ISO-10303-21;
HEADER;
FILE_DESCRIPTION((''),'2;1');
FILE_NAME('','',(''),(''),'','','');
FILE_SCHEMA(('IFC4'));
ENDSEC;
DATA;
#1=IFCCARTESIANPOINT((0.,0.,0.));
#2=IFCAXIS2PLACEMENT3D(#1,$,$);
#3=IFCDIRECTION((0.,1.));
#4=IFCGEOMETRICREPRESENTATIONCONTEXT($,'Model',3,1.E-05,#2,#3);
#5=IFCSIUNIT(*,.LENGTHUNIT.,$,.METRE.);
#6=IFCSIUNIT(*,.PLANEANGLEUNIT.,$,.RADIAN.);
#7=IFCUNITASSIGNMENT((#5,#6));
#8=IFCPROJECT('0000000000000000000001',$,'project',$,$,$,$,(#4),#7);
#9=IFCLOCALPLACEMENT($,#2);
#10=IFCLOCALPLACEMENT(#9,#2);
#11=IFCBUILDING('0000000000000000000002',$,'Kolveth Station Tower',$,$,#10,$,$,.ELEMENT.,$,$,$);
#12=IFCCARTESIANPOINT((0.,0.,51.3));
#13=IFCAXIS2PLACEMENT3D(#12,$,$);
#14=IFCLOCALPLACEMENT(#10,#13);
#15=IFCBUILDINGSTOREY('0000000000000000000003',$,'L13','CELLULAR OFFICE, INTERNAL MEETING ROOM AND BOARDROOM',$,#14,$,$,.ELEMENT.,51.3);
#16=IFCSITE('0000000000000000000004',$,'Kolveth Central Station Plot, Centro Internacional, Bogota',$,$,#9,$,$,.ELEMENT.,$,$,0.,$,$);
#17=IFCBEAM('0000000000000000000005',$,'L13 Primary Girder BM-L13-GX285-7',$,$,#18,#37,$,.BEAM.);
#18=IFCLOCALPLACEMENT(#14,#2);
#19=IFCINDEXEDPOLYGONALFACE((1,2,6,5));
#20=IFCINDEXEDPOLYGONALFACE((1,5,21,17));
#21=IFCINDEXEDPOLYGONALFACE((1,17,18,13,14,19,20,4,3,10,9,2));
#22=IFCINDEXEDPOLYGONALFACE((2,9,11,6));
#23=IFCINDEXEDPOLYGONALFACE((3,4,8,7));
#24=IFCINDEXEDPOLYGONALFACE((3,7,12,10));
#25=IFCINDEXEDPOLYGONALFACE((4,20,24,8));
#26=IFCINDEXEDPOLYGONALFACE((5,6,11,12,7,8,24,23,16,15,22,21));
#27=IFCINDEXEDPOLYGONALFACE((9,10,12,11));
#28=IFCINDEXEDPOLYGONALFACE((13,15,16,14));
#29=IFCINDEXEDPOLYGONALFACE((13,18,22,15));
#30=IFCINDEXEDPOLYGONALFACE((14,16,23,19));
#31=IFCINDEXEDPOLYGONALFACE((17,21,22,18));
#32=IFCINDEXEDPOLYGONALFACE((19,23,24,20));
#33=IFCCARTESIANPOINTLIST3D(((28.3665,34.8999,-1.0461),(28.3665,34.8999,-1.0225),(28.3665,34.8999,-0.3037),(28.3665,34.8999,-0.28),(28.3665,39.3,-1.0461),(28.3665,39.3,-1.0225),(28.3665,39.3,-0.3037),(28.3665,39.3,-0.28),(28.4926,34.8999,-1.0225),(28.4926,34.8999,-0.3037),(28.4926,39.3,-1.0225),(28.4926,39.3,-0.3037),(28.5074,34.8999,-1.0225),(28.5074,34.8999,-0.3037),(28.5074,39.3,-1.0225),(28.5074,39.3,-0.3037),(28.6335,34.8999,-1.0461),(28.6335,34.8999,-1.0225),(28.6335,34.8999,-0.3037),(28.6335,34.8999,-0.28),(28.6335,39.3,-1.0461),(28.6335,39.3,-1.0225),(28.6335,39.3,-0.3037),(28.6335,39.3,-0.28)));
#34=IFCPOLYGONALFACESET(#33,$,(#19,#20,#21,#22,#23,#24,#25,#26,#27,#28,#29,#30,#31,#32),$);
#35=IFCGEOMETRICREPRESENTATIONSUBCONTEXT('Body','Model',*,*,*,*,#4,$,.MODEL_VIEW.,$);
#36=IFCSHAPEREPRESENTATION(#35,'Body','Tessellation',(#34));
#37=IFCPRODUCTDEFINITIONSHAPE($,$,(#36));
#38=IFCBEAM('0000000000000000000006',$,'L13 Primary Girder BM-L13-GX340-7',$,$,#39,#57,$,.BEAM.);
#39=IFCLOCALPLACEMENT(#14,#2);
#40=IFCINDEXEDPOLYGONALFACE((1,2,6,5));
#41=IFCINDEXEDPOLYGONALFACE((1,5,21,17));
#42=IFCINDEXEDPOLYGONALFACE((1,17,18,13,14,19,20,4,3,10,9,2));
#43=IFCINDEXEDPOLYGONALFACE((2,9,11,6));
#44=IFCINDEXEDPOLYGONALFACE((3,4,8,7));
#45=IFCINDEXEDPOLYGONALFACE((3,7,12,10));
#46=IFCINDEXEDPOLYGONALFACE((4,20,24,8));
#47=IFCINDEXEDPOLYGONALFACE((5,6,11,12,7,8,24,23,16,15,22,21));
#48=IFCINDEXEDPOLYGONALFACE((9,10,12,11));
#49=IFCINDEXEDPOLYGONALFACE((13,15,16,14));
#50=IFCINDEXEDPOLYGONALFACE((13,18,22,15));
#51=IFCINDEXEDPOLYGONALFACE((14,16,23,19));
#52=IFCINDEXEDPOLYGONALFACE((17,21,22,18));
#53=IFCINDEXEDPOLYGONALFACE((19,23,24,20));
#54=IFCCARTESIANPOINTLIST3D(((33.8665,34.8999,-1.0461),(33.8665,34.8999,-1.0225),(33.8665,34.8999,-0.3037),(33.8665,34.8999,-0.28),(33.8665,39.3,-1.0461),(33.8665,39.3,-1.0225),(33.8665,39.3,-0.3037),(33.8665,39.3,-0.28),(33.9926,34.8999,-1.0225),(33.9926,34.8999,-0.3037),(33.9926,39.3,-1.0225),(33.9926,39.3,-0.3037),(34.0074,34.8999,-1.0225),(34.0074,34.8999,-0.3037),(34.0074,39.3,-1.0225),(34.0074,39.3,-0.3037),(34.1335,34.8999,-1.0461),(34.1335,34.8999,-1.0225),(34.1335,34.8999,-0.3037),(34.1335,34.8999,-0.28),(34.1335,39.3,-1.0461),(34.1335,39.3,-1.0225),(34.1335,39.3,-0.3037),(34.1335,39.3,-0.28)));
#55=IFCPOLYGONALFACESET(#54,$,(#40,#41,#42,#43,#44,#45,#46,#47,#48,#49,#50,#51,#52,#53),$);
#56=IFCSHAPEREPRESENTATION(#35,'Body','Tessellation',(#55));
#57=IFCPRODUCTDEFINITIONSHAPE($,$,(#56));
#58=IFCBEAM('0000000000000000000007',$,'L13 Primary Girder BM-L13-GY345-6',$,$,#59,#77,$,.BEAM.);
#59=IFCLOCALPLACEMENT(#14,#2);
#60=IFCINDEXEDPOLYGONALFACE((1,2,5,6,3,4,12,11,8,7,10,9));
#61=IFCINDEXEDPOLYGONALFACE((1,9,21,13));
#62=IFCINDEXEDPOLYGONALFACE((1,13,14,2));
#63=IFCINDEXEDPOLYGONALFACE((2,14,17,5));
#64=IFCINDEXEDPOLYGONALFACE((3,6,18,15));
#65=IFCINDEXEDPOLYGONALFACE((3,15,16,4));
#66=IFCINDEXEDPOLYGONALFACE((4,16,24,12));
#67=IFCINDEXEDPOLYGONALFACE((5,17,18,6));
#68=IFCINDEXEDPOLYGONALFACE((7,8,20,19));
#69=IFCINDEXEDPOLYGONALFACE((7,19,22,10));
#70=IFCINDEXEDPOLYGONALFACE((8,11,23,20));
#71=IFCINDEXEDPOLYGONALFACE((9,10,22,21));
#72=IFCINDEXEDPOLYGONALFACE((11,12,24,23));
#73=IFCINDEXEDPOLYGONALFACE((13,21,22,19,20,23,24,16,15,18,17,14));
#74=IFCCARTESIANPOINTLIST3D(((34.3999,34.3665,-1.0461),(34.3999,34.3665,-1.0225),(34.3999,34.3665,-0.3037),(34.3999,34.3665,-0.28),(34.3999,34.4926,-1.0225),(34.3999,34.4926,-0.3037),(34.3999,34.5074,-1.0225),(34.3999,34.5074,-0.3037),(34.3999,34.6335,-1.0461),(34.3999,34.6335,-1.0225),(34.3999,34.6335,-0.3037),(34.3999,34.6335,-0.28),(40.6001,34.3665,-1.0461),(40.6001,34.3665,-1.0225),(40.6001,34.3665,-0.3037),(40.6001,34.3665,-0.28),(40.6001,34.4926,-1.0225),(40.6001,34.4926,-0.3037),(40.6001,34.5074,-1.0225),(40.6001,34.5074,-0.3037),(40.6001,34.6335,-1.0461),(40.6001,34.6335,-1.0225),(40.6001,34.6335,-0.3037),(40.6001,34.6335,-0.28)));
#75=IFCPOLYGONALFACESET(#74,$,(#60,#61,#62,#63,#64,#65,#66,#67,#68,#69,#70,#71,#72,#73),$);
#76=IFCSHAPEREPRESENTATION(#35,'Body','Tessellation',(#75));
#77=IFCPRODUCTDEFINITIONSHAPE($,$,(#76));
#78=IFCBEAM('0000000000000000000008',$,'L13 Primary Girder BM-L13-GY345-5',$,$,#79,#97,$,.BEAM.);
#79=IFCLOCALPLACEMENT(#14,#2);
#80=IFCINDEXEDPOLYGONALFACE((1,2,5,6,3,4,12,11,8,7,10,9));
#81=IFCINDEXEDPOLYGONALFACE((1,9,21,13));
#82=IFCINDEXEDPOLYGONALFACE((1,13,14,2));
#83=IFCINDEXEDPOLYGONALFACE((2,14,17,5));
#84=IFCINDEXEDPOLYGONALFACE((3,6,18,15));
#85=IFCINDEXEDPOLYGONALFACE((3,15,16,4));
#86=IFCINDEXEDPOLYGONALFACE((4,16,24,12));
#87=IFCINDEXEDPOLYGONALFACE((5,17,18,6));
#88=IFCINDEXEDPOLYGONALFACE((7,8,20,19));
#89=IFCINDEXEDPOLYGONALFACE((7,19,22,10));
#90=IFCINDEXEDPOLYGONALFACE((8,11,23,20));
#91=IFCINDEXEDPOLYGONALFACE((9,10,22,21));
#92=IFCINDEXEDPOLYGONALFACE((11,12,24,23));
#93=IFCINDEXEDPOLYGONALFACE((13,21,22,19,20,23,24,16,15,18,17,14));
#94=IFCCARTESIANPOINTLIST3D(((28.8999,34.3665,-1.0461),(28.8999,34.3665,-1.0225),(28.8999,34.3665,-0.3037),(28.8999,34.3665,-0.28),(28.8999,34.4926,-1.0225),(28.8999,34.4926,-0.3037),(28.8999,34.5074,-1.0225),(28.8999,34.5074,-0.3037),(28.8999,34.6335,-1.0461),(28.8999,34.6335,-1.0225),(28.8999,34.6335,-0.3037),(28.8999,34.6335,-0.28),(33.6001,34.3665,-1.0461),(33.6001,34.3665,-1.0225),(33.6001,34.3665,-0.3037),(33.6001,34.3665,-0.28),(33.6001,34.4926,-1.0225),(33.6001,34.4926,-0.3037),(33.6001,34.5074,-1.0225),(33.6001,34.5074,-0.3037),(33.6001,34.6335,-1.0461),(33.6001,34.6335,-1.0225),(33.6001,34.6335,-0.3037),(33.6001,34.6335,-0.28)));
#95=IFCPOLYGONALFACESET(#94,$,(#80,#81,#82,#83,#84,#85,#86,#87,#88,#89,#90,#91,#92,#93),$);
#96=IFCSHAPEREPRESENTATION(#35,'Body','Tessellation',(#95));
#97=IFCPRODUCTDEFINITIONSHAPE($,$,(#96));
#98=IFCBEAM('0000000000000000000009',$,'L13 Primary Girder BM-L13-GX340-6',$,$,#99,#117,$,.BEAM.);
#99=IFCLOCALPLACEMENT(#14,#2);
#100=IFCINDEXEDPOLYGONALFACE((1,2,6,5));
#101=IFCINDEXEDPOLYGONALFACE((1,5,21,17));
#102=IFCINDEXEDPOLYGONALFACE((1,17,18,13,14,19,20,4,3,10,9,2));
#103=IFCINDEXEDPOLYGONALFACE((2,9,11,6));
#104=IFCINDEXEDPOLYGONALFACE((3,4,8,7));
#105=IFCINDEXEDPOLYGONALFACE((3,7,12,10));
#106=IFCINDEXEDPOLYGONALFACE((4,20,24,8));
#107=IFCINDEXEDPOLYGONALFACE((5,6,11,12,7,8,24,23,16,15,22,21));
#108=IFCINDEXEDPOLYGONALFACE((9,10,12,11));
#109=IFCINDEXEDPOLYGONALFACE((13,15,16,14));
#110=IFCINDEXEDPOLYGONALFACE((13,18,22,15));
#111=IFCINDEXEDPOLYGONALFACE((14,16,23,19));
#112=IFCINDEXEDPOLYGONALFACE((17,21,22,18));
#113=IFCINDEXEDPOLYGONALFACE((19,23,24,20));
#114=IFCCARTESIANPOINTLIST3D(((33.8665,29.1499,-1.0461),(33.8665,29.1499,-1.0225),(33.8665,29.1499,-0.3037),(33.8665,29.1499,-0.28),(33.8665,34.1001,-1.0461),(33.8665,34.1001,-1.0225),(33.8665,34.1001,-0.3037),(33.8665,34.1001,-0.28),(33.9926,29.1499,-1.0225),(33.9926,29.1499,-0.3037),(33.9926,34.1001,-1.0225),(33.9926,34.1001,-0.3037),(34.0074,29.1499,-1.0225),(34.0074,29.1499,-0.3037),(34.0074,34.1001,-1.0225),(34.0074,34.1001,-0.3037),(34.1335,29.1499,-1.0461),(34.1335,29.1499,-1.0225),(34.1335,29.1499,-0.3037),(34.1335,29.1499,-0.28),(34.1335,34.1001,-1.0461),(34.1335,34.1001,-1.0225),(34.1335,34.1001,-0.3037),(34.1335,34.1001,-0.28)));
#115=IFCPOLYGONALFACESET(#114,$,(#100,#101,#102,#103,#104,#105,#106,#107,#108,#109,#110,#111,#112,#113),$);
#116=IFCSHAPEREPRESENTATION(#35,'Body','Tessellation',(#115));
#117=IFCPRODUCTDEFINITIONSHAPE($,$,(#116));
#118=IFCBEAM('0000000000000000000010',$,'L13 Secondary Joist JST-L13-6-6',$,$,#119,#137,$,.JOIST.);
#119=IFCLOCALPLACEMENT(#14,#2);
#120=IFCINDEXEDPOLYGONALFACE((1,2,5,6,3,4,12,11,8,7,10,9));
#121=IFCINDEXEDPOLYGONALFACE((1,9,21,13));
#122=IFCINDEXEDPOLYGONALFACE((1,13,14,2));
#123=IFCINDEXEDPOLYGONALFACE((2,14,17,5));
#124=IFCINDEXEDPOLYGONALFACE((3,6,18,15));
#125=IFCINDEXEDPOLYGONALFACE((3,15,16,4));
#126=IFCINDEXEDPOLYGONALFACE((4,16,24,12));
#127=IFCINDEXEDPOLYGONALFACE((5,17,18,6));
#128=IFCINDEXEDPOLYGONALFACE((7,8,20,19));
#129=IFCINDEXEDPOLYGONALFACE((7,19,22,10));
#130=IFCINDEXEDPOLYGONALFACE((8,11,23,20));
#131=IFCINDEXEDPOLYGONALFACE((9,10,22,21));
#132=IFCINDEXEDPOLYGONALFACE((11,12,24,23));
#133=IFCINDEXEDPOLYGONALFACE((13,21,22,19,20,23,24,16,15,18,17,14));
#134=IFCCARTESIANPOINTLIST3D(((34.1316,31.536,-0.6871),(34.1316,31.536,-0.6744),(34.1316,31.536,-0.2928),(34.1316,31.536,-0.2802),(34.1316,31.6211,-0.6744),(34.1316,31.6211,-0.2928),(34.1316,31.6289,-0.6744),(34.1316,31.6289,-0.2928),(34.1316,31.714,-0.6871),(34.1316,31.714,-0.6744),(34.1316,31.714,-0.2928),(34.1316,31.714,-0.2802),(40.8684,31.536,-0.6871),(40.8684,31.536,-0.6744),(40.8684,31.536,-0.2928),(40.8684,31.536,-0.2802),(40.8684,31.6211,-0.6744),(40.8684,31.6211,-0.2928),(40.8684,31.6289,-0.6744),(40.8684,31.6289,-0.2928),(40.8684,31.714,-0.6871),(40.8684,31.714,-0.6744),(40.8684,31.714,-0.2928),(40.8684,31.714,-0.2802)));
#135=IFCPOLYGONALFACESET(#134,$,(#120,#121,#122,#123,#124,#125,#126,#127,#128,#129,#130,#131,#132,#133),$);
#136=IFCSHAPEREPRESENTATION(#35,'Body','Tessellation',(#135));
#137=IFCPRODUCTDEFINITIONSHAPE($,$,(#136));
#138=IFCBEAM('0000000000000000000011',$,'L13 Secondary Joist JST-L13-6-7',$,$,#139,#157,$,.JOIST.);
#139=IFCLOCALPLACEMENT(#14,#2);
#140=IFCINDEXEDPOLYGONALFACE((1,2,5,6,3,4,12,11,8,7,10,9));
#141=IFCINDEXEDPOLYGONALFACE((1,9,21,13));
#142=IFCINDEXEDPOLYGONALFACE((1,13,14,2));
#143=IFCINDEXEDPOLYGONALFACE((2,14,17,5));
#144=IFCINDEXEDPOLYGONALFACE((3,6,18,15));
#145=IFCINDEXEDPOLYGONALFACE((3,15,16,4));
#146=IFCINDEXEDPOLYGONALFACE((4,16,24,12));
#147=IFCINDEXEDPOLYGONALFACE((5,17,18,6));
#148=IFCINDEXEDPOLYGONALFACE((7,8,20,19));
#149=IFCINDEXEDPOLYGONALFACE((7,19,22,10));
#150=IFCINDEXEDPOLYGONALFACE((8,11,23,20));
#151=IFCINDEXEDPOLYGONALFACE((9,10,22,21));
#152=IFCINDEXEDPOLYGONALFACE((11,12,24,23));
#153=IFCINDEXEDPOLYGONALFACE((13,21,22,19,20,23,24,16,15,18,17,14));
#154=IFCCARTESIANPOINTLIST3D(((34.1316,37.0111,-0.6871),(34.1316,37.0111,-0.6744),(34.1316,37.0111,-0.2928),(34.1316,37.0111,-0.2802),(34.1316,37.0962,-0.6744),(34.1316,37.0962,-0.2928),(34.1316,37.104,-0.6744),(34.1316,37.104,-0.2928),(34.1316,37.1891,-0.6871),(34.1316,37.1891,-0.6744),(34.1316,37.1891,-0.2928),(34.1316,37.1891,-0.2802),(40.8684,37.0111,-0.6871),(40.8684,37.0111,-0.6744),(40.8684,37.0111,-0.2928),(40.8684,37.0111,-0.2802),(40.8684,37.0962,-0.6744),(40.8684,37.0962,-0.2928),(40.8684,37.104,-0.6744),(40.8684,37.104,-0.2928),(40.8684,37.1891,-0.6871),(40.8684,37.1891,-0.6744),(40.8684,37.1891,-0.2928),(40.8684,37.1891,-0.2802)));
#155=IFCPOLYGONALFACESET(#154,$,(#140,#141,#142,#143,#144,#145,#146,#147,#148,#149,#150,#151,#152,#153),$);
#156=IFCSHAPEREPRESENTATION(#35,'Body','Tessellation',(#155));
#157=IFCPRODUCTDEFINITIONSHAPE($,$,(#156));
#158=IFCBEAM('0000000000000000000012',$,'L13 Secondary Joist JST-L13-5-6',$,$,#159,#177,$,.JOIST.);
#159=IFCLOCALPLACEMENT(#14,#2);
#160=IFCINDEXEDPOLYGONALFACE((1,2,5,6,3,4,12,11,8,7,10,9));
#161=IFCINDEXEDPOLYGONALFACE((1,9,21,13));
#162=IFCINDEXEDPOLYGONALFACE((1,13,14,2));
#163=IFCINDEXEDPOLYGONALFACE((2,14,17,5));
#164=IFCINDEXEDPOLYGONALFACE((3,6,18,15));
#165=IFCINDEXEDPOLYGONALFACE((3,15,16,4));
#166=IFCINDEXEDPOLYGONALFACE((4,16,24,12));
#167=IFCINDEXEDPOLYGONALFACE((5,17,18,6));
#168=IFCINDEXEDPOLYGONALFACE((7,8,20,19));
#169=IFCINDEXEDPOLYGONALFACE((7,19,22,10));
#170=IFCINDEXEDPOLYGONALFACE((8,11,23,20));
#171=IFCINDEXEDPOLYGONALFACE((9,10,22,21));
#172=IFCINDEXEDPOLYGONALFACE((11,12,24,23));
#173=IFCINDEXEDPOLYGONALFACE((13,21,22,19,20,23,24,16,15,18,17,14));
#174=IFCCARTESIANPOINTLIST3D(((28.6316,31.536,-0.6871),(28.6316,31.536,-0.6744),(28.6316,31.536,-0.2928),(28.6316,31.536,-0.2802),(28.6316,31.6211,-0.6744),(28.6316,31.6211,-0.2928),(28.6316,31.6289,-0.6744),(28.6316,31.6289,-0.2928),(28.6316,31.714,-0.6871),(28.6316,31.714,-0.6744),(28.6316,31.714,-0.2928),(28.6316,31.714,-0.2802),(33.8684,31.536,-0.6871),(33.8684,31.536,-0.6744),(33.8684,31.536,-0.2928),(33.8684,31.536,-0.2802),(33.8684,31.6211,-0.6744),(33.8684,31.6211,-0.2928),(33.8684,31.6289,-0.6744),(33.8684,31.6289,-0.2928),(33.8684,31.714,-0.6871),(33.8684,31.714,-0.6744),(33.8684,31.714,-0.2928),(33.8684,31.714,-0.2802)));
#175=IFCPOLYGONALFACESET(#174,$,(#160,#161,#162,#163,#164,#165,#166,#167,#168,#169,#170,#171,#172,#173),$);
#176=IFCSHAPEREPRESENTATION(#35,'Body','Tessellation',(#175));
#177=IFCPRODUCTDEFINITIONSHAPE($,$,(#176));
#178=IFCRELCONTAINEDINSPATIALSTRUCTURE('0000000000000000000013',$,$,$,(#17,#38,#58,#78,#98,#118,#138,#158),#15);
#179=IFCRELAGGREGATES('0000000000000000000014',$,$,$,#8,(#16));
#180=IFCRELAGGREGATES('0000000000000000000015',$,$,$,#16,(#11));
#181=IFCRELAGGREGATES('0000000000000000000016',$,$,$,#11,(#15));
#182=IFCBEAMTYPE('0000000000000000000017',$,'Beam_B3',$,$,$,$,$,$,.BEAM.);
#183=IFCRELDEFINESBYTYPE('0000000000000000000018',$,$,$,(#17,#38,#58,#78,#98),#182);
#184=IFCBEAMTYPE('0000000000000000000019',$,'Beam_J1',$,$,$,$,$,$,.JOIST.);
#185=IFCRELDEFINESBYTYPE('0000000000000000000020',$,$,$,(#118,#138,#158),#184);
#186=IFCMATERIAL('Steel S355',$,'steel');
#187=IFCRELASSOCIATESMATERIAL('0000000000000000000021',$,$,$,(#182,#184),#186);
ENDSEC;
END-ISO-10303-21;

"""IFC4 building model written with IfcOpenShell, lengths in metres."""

from ifc_helpers import new_model, si_unit, direction, frame, origin, origin_2d, place, context, subcontext, project, spatial, i_section, extrude, source, transform, mapped, material, material_profile, profile_set, type_object, element, save


model = new_model("IFC4")

# Units and contexts
model_context = context("Model", 3, precision=1e-05, world=origin(), true_north=direction((0.0, 1.0)))
body_context = subcontext(model_context, "Body", "Model", "MODEL_VIEW")
ifc_project = project(units=[si_unit("LENGTHUNIT", "METRE"), si_unit("PLANEANGLEUNIT", "RADIAN")], contexts=[model_context])

# Site, building, storey
site_placement = place(None, origin())
site = spatial("IfcSite", under=ifc_project, at=site_placement, Name="Kolveth Central Station Plot, Centro Internacional, Bogota", CompositionType="ELEMENT", RefElevation=0.0)
building_placement = place(site_placement, origin())
building = spatial("IfcBuilding", under=site, at=building_placement, Name="Kolveth Station Tower", CompositionType="ELEMENT")
storey_placement = place(building_placement, frame((0.0, 0.0, 51.3)))
storey = spatial("IfcBuildingStorey", under=building, at=storey_placement, Name="L13", Description="CELLULAR OFFICE, INTERNAL MEETING ROOM AND BOARDROOM", CompositionType="ELEMENT", Elevation=51.3)

# Shared definitions
ifc_material_1 = material(Name="Steel S355", Category="steel")

# Beams
ifc_material_profile_1 = material_profile(ifc_material_1, i_section(OverallWidth=0.2671, OverallDepth=0.7661, WebThickness=0.0149, FlangeThickness=0.0237, at=origin_2d()), Name="W760x185")
ifc_profile_set_1 = profile_set([ifc_material_profile_1], Name="Steel S355")
beam_type_1 = type_object("IfcBeamType", Name="Beam_B3", PredefinedType="BEAM", material=ifc_profile_set_1)
shared_shape_1 = source(origin(), body_context, "Body", "SweptSolid", [
    extrude(i_section(OverallWidth=0.2671, OverallDepth=0.7661, WebThickness=0.0149, FlangeThickness=0.0237, at=origin_2d()), origin(), (0.0, 0.0, 1.0), 4.4001),
])
for number, where, z_axis, x_axis, name in (
    (1, (28.5, 34.8999, -0.6631), (0.0, 1.0, 0.0), (-1.0, 0.0, 0.0), "L13 Primary Girder BM-L13-GX285-7"),
    (2, (34.0, 34.8999, -0.6631), (0.0, 1.0, 0.0), (-1.0, 0.0, 0.0), "L13 Primary Girder BM-L13-GX340-7"),
):
    element("IfcBeam", number, at=place(storey_placement, frame(where, z_axis=z_axis, x_axis=x_axis)), inside=storey, type_object=beam_type_1, Name=name, PredefinedType="BEAM", context=body_context, shape_type="MappedRepresentation", body=[
        mapped(shared_shape_1, transform((0.0, 0.0, 0.0), x_axis=(1.0, 0.0, 0.0), y_axis=(0.0, 1.0, 0.0), z_axis=(0.0, 0.0, 1.0), scale=1.0)),
    ])
shared_shape_2 = source(origin(), body_context, "Body", "SweptSolid", [
    extrude(i_section(OverallWidth=0.2671, OverallDepth=0.7661, WebThickness=0.0149, FlangeThickness=0.0237, at=origin_2d()), origin(), (0.0, 0.0, 1.0), 6.2002),
])
beam_1_placement = place(storey_placement, frame((34.3999, 34.5, -0.6631), z_axis=(1.0, 0.0, 0.0), x_axis=(0.0, 1.0, 0.0)))
element("IfcBeam", 3, at=beam_1_placement, inside=storey, type_object=beam_type_1, Name="L13 Primary Girder BM-L13-GY345-6", PredefinedType="BEAM", context=body_context, shape_type="MappedRepresentation", body=[
    mapped(shared_shape_2, transform((0.0, 0.0, 0.0), x_axis=(1.0, 0.0, 0.0), y_axis=(0.0, 1.0, 0.0), z_axis=(0.0, 0.0, 1.0), scale=1.0)),
])
shared_shape_3 = source(origin(), body_context, "Body", "SweptSolid", [
    extrude(i_section(OverallWidth=0.2671, OverallDepth=0.7661, WebThickness=0.0149, FlangeThickness=0.0237, at=origin_2d()), origin(), (0.0, 0.0, 1.0), 4.7002),
])
beam_2_placement = place(storey_placement, frame((28.8999, 34.5, -0.6631), z_axis=(1.0, 0.0, 0.0), x_axis=(0.0, 1.0, 0.0)))
element("IfcBeam", 4, at=beam_2_placement, inside=storey, type_object=beam_type_1, Name="L13 Primary Girder BM-L13-GY345-5", PredefinedType="BEAM", context=body_context, shape_type="MappedRepresentation", body=[
    mapped(shared_shape_3, transform((0.0, 0.0, 0.0), x_axis=(1.0, 0.0, 0.0), y_axis=(0.0, 1.0, 0.0), z_axis=(0.0, 0.0, 1.0), scale=1.0)),
])
shared_shape_4 = source(origin(), body_context, "Body", "SweptSolid", [
    extrude(i_section(OverallWidth=0.2671, OverallDepth=0.7661, WebThickness=0.0149, FlangeThickness=0.0237, at=origin_2d()), origin(), (0.0, 0.0, 1.0), 4.9502),
])
beam_3_placement = place(storey_placement, frame((34.0, 29.1499, -0.6631), z_axis=(0.0, 1.0, 0.0), x_axis=(-1.0, 0.0, 0.0)))
element("IfcBeam", 5, at=beam_3_placement, inside=storey, type_object=beam_type_1, Name="L13 Primary Girder BM-L13-GX340-6", PredefinedType="BEAM", context=body_context, shape_type="MappedRepresentation", body=[
    mapped(shared_shape_4, transform((0.0, 0.0, 0.0), x_axis=(1.0, 0.0, 0.0), y_axis=(0.0, 1.0, 0.0), z_axis=(0.0, 0.0, 1.0), scale=1.0)),
])
ifc_material_profile_2 = material_profile(ifc_material_1, i_section(OverallWidth=0.178, OverallDepth=0.407, WebThickness=0.0078, FlangeThickness=0.0127, at=origin_2d()), Name="W410x60")
ifc_profile_set_2 = profile_set([ifc_material_profile_2], Name="Steel S355")
beam_type_2 = type_object("IfcBeamType", Name="Beam_J1", PredefinedType="JOIST", material=ifc_profile_set_2)
shared_shape_5 = source(origin(), body_context, "Body", "SweptSolid", [
    extrude(i_section(OverallWidth=0.178, OverallDepth=0.407, WebThickness=0.0078, FlangeThickness=0.0127, at=origin_2d()), origin(), (0.0, 0.0, 1.0), 6.7368),
])
for number, where, z_axis, x_axis, name in (
    (6, (34.1316, 31.625, -0.4836), (1.0, 0.0, 0.0), (0.0, 1.0, 0.0), "L13 Secondary Joist JST-L13-6-6"),
    (7, (34.1316, 37.1001, -0.4836), (1.0, 0.0, 0.0), (0.0, 1.0, 0.0), "L13 Secondary Joist JST-L13-6-7"),
):
    element("IfcBeam", number, at=place(storey_placement, frame(where, z_axis=z_axis, x_axis=x_axis)), inside=storey, type_object=beam_type_2, Name=name, PredefinedType="JOIST", context=body_context, shape_type="MappedRepresentation", body=[
        mapped(shared_shape_5, transform((0.0, 0.0, 0.0), x_axis=(1.0, 0.0, 0.0), y_axis=(0.0, 1.0, 0.0), z_axis=(0.0, 0.0, 1.0), scale=1.0)),
    ])
shared_shape_6 = source(origin(), body_context, "Body", "SweptSolid", [
    extrude(i_section(OverallWidth=0.178, OverallDepth=0.407, WebThickness=0.0078, FlangeThickness=0.0127, at=origin_2d()), origin(), (0.0, 0.0, 1.0), 5.2368),
])
for number, where, z_axis, x_axis, name in (
    (8, (28.6316, 31.625, -0.4836), (1.0, 0.0, 0.0), (0.0, 1.0, 0.0), "L13 Secondary Joist JST-L13-5-6"),
):
    element("IfcBeam", number, at=place(storey_placement, frame(where, z_axis=z_axis, x_axis=x_axis)), inside=storey, type_object=beam_type_2, Name=name, PredefinedType="JOIST", context=body_context, shape_type="MappedRepresentation", body=[
        mapped(shared_shape_6, transform((0.0, 0.0, 0.0), x_axis=(1.0, 0.0, 0.0), y_axis=(0.0, 1.0, 0.0), z_axis=(0.0, 0.0, 1.0), scale=1.0)),
    ])

save(model, "model.ifc")
